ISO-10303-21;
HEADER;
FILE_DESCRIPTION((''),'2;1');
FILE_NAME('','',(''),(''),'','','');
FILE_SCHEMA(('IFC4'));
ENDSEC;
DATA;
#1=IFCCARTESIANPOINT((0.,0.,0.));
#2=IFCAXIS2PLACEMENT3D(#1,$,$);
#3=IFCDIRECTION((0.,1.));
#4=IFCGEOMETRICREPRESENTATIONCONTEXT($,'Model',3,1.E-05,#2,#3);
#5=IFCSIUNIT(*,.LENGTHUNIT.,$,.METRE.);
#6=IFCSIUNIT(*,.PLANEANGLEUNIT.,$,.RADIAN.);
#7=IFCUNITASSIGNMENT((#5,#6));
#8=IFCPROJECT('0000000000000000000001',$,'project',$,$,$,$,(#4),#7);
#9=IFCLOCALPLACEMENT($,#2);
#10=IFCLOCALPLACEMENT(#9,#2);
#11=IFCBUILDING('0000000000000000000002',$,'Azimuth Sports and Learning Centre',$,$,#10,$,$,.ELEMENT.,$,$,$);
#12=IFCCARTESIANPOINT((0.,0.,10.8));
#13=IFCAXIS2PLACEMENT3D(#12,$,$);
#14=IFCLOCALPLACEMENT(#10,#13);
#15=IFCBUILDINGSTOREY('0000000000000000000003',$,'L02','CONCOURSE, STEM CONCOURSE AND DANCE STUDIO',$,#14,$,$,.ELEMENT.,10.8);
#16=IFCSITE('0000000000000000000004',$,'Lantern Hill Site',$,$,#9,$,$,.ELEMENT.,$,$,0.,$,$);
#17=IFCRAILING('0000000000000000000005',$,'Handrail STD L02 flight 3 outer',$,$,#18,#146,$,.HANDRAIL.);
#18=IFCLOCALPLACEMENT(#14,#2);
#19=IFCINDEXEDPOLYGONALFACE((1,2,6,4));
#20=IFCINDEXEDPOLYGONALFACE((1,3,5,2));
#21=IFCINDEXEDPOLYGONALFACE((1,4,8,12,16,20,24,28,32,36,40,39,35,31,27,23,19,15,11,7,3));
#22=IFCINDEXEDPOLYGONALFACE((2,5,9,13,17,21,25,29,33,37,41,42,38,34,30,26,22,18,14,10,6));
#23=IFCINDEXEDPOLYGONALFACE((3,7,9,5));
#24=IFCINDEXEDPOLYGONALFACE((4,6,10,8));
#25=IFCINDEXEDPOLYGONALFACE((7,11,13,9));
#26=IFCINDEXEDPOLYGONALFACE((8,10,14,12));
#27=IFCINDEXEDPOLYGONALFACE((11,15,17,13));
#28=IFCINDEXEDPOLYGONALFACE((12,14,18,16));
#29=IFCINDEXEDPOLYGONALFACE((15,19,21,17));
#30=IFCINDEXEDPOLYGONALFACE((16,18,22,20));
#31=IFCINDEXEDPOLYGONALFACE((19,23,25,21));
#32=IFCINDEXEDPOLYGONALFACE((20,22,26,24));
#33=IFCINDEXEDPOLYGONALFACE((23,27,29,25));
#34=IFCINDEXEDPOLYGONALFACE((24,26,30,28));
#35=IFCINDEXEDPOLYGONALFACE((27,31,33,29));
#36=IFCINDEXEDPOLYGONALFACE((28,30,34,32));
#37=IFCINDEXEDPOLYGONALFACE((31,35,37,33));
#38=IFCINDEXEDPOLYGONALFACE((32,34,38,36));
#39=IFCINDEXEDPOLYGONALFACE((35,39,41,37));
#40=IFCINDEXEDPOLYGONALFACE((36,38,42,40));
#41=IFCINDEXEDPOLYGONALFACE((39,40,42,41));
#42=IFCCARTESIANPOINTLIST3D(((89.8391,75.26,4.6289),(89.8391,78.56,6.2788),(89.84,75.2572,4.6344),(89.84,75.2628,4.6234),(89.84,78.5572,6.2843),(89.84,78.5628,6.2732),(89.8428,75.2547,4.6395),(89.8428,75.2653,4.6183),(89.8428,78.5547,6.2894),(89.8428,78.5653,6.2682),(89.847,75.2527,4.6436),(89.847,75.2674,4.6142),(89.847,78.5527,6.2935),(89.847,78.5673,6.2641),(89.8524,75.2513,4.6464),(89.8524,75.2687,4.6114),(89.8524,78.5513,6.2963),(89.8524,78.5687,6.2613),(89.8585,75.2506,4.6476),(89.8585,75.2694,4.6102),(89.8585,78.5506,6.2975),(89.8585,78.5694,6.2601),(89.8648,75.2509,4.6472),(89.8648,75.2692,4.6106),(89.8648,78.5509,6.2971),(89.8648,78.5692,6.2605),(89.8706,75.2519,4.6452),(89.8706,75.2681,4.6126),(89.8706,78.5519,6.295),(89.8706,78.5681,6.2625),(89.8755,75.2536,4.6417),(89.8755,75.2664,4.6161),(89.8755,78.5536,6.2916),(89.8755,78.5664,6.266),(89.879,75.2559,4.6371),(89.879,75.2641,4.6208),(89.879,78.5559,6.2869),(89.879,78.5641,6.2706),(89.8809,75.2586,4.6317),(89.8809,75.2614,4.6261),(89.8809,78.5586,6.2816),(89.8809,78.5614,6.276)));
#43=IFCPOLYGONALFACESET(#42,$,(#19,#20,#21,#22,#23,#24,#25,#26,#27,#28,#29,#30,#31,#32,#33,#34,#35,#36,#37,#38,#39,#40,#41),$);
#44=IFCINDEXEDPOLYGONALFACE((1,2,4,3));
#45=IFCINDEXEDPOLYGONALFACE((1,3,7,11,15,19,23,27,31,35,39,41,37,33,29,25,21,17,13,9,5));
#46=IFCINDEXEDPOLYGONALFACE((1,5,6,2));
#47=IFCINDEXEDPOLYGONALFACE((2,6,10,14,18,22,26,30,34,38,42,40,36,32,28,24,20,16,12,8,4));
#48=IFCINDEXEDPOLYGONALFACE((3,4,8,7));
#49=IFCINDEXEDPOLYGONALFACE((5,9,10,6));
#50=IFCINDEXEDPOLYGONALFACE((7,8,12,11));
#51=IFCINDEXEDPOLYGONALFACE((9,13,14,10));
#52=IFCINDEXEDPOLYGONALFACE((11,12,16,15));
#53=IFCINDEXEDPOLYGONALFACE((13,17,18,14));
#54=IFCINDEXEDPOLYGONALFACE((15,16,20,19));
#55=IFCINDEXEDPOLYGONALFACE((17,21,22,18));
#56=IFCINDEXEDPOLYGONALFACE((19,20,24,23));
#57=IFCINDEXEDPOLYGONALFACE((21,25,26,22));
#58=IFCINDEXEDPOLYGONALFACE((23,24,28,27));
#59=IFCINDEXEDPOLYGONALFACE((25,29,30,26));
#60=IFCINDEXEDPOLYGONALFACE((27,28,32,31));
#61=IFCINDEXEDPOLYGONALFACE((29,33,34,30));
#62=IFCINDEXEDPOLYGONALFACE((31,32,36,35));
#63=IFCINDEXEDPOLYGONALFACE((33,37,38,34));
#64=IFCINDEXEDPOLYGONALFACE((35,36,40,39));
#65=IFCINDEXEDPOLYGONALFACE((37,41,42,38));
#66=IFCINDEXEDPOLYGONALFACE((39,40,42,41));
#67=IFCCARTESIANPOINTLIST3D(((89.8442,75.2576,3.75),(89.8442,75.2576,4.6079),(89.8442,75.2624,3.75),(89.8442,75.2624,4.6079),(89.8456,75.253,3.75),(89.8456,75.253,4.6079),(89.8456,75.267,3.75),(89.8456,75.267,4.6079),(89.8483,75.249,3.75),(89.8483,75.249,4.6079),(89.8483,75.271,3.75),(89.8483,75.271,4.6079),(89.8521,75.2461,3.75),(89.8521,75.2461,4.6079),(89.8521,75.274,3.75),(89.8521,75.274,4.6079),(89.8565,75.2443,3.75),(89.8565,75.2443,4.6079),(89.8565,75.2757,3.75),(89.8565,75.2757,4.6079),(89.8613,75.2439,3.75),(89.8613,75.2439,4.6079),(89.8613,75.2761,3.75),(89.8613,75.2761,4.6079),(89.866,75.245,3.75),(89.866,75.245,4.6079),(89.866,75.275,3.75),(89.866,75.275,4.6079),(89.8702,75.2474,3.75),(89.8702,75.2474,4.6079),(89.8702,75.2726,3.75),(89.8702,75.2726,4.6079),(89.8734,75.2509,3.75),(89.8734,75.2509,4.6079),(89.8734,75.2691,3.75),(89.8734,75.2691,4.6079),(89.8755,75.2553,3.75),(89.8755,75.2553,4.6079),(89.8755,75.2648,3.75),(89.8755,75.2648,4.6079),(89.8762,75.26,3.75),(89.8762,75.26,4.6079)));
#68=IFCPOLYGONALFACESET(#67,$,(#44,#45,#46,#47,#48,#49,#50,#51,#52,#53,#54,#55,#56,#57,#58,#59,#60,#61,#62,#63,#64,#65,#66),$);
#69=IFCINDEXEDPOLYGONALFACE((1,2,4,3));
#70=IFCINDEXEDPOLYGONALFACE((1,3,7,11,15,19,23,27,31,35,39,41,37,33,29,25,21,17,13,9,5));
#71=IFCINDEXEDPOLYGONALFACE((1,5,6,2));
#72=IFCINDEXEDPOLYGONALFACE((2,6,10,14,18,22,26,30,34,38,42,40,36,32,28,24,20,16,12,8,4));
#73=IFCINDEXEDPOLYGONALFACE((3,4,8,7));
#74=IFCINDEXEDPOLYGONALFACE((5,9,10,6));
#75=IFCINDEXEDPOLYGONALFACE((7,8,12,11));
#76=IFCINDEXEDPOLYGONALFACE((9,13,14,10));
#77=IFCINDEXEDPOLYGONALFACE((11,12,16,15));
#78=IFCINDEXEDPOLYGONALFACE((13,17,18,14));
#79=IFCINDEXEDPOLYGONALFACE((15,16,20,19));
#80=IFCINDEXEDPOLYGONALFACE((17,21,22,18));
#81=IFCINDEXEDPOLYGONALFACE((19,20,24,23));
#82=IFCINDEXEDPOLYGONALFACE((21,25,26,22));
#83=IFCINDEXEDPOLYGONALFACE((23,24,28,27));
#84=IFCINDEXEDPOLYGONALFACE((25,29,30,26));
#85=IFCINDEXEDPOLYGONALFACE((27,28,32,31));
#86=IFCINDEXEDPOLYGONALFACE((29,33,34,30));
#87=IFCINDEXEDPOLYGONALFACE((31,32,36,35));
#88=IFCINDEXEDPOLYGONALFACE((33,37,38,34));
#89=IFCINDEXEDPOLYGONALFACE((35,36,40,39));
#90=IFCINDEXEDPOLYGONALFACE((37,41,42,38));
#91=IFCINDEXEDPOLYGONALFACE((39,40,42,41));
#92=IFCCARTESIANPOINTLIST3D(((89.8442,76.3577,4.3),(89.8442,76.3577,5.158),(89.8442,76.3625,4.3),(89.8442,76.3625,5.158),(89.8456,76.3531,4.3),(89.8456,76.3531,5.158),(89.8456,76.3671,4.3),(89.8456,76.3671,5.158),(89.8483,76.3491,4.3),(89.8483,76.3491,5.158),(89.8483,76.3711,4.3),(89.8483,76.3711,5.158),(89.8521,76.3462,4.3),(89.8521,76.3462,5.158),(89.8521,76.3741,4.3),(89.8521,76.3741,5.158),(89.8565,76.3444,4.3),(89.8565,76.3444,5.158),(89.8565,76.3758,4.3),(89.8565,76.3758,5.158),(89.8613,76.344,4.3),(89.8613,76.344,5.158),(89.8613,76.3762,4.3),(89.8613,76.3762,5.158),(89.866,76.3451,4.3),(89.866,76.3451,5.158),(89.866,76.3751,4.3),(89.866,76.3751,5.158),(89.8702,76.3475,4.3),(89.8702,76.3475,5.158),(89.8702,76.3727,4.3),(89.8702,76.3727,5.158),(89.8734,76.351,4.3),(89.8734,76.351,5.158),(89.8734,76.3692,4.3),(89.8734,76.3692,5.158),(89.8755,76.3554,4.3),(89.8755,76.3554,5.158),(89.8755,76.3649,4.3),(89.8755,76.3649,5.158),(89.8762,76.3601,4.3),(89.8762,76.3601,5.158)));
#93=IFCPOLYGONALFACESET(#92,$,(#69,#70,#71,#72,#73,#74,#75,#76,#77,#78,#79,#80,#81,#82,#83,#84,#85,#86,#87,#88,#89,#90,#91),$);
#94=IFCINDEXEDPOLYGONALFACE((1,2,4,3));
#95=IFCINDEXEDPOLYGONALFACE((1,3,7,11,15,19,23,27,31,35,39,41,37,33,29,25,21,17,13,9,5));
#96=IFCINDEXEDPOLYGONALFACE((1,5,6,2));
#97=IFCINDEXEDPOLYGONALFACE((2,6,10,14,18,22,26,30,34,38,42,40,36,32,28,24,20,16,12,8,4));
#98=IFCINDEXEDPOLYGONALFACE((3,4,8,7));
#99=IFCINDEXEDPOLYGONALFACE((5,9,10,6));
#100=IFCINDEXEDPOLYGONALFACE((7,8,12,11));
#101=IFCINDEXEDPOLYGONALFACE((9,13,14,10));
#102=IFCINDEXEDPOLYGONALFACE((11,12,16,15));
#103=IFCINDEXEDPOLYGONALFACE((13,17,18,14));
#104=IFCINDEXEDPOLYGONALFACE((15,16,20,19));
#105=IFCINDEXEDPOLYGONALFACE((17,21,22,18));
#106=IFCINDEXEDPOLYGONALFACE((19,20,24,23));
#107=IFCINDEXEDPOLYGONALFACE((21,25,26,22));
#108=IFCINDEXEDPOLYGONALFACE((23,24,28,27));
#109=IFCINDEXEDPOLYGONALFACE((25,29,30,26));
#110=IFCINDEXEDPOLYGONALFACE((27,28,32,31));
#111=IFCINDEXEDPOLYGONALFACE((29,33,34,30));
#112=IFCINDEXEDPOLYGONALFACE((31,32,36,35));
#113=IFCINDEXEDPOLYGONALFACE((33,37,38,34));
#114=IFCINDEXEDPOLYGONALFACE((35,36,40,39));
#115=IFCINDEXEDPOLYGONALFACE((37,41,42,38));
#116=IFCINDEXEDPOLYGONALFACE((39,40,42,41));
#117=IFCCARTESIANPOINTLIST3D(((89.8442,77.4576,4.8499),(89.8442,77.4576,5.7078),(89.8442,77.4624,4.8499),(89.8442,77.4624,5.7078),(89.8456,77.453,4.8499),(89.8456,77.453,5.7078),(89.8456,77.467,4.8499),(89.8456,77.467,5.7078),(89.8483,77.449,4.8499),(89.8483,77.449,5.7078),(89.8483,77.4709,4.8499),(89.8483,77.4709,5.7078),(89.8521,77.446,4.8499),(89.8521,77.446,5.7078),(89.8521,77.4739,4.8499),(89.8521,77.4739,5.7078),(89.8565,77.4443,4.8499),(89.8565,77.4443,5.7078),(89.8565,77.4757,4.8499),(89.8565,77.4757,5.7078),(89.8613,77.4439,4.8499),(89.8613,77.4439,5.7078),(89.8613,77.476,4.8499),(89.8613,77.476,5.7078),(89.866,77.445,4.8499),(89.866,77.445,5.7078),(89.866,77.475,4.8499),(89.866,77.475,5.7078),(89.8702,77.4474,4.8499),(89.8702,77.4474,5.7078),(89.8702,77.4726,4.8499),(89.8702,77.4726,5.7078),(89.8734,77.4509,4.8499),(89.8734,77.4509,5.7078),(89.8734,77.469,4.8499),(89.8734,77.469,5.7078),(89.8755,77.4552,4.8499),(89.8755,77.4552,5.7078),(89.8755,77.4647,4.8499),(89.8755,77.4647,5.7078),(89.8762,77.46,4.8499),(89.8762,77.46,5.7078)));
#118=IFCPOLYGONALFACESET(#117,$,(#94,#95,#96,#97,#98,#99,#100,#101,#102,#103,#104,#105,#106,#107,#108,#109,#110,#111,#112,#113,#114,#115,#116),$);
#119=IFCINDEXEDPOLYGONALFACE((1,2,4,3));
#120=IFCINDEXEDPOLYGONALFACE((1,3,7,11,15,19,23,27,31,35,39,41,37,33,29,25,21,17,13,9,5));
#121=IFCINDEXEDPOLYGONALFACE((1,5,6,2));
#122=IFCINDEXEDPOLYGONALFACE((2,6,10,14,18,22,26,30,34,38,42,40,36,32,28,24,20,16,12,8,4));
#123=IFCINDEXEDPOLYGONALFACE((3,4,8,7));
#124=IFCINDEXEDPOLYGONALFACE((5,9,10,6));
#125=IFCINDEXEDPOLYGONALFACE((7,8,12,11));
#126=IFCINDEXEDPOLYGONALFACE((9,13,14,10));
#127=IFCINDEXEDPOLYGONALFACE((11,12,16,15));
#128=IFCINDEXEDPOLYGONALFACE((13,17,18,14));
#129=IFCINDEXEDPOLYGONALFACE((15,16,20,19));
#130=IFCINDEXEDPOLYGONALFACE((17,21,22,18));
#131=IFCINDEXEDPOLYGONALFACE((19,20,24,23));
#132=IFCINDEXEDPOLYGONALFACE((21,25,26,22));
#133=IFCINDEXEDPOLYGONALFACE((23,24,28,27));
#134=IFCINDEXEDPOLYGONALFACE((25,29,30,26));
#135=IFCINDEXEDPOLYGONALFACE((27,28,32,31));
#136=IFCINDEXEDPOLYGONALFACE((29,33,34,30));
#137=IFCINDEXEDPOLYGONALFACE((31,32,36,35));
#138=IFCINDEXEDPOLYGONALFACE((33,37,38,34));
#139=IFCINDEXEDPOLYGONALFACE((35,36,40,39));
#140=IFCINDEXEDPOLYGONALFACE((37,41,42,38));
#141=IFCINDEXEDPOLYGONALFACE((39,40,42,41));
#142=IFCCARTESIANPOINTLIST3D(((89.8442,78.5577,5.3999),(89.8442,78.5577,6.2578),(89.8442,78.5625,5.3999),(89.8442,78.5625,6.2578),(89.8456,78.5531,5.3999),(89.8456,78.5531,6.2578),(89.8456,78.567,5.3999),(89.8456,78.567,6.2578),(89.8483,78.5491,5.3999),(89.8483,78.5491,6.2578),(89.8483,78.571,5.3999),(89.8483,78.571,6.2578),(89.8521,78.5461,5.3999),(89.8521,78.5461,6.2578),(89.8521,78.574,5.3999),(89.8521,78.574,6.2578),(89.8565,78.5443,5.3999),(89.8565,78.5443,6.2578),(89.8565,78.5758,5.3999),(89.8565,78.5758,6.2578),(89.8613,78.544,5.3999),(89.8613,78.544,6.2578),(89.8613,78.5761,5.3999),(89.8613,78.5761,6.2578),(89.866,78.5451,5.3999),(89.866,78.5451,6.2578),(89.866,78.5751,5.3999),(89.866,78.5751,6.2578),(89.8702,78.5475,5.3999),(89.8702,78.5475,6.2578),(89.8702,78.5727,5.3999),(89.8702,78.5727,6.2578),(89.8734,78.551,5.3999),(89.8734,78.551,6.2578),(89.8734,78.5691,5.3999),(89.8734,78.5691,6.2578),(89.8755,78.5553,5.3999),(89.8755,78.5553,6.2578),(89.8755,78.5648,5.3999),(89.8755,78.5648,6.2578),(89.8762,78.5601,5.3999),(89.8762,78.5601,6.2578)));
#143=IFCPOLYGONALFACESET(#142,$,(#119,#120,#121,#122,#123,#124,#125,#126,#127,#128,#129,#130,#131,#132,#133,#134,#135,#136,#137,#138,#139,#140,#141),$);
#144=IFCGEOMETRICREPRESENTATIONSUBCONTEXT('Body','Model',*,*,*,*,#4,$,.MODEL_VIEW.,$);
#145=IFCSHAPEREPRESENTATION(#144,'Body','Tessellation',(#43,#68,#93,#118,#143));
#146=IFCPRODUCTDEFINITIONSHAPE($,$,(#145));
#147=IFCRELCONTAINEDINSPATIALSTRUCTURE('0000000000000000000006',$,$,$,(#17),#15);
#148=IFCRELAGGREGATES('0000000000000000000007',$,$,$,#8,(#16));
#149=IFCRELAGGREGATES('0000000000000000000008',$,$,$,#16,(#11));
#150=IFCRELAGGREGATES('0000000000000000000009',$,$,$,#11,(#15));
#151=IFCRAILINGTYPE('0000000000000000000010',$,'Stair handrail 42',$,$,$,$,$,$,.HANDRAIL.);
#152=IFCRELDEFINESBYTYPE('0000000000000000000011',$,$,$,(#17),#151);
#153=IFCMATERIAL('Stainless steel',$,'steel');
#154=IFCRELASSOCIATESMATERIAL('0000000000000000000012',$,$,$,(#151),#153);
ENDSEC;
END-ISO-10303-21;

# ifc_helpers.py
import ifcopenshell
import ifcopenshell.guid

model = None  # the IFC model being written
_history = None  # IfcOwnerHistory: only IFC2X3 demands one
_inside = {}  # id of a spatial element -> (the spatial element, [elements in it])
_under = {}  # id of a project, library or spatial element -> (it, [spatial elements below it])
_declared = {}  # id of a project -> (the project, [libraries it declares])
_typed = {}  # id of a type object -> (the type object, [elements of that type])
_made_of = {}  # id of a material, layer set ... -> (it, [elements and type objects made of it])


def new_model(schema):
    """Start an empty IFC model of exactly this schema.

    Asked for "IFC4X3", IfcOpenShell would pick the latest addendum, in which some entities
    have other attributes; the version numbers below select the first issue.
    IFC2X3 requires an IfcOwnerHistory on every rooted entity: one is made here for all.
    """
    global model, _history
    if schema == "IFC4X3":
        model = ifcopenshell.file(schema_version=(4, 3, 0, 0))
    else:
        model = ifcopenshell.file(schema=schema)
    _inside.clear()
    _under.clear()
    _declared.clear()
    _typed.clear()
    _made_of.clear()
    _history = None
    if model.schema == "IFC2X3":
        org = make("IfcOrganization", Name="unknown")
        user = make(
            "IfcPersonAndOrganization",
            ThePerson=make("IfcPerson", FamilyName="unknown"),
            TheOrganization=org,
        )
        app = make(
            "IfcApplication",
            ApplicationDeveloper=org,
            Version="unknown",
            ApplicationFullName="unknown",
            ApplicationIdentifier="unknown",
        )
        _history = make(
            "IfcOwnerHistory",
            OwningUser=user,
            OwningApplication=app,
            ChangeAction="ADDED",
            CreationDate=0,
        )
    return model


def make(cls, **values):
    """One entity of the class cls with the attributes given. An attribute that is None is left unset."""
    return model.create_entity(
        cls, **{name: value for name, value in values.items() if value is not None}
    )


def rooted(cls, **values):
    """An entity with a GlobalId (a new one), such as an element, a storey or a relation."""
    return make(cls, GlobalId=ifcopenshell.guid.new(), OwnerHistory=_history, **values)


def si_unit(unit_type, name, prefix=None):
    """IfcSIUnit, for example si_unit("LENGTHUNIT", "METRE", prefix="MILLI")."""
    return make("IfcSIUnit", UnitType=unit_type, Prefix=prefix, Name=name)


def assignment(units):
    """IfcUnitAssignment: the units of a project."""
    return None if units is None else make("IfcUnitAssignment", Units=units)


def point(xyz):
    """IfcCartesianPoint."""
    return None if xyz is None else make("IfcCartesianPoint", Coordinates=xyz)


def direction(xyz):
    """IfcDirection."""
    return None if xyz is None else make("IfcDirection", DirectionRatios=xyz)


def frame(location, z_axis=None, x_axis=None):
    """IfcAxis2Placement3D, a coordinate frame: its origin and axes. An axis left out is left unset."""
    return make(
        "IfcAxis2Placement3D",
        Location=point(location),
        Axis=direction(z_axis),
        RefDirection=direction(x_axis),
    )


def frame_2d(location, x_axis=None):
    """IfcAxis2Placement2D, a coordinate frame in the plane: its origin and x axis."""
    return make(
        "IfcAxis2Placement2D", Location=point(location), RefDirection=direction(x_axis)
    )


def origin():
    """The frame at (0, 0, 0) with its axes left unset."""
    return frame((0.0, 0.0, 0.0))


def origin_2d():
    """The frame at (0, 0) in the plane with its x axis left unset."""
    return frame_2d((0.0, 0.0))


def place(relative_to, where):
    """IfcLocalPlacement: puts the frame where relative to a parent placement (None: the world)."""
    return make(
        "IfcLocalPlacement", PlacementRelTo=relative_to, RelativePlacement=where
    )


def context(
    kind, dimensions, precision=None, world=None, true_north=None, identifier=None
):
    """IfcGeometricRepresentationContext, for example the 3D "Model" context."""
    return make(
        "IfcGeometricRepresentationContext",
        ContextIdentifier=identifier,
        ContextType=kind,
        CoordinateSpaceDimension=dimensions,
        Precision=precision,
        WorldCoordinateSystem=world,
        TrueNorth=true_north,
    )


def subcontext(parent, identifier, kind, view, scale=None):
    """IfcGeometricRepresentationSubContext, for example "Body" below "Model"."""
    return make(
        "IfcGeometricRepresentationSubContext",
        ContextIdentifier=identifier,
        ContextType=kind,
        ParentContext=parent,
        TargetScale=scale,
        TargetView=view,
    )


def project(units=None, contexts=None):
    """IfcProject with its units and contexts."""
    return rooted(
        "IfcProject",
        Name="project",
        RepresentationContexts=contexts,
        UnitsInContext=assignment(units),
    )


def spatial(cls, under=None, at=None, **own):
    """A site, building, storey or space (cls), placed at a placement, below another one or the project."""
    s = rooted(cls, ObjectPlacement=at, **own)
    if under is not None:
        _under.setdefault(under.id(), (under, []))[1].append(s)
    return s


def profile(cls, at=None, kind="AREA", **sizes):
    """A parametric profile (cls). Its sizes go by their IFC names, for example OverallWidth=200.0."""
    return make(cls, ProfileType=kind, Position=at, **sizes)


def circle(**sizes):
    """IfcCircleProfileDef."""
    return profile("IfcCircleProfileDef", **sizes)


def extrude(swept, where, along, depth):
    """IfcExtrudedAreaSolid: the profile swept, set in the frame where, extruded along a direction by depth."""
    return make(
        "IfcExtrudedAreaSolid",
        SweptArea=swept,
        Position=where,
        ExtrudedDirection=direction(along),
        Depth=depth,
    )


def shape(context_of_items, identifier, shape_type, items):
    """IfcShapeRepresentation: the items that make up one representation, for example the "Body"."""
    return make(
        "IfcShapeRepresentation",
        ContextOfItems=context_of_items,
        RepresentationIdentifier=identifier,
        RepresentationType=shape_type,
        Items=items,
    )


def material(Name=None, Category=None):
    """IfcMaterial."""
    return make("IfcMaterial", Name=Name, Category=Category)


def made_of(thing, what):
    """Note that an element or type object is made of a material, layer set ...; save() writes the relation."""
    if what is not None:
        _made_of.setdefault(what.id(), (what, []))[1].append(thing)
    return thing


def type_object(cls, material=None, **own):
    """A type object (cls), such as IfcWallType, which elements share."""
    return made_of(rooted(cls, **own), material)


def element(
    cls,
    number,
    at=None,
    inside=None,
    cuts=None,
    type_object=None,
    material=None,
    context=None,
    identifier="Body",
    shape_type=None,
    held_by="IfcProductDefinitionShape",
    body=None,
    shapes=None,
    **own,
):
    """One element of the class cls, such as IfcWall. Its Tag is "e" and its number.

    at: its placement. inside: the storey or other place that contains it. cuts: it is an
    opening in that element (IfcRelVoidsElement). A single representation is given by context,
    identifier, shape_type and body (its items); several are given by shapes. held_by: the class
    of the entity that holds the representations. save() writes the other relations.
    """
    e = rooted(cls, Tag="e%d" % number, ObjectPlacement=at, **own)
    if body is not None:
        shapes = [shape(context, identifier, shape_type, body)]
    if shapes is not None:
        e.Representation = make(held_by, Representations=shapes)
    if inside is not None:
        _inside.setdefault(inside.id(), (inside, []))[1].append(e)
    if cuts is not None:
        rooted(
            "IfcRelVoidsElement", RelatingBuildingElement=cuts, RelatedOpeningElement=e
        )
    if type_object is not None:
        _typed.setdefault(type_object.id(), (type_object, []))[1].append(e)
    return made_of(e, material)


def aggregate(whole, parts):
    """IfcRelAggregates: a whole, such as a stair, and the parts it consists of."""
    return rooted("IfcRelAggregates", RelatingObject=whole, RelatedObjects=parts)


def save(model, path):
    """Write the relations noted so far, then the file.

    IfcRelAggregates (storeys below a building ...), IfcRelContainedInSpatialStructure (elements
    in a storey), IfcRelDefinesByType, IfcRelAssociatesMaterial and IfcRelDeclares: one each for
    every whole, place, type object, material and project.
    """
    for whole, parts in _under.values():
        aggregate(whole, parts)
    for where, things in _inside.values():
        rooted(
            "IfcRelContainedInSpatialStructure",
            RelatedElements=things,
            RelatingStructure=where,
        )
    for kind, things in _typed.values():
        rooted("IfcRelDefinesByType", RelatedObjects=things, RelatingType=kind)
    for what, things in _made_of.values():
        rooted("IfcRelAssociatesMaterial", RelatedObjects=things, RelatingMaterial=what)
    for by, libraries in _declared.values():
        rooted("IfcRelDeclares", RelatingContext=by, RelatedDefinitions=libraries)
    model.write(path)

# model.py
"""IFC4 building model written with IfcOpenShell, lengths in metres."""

from ifc_helpers import new_model, si_unit, direction, frame, origin, origin_2d, place, context, subcontext, project, spatial, circle, extrude, material, type_object, element, save


model = new_model("IFC4")

# Units and contexts
model_context = context("Model", 3, precision=1e-05, world=origin(), true_north=direction((0.0, 1.0)))
body_context = subcontext(model_context, "Body", "Model", "MODEL_VIEW")
ifc_project = project(units=[si_unit("LENGTHUNIT", "METRE"), si_unit("PLANEANGLEUNIT", "RADIAN")], contexts=[model_context])

# Site, building, storey
site_placement = place(None, origin())
site = spatial("IfcSite", under=ifc_project, at=site_placement, Name="Lantern Hill Site", CompositionType="ELEMENT", RefElevation=0.0)
building_placement = place(site_placement, origin())
building = spatial("IfcBuilding", under=site, at=building_placement, Name="Azimuth Sports and Learning Centre", CompositionType="ELEMENT")
storey_placement = place(building_placement, frame((0.0, 0.0, 10.8)))
storey = spatial("IfcBuildingStorey", under=building, at=storey_placement, Name="L02", Description="CONCOURSE, STEM CONCOURSE AND DANCE STUDIO", CompositionType="ELEMENT", Elevation=10.8)

# Railing
ifc_material_1 = material(Name="Stainless steel", Category="steel")
railing_type_1 = type_object("IfcRailingType", Name="Stair handrail 42", PredefinedType="HANDRAIL", material=ifc_material_1)
for number, where, name in (
    (1, (89.8601, 75.26, 3.75), "Handrail STD L02 flight 3 outer"),
):
    element("IfcRailing", number, at=place(storey_placement, frame(where)), inside=storey, type_object=railing_type_1, Name=name, PredefinedType="HANDRAIL", context=body_context, shape_type="SweptSolid", body=[
        extrude(circle(Radius=0.021, at=origin_2d()), frame((0.0, 0.0, 0.8789), z_axis=(0.0, 0.89444, 0.447187), x_axis=(-1.0, 0.0, 0.0)), (0.0, 0.0, 1.0), 3.6895),
        extrude(circle(Radius=0.0161, at=origin_2d()), origin(), (0.0, 0.0, 1.0), 0.8579),
        extrude(circle(Radius=0.0161, at=origin_2d()), frame((0.0, 1.1001, 0.55)), (0.0, 0.0, 1.0), 0.8579),
        extrude(circle(Radius=0.0161, at=origin_2d()), frame((0.0, 2.2, 1.0999)), (0.0, 0.0, 1.0), 0.8579),
        extrude(circle(Radius=0.0161, at=origin_2d()), frame((0.0, 3.3, 1.6499)), (0.0, 0.0, 1.0), 0.8579),
    ])

save(model, "model.ifc")
